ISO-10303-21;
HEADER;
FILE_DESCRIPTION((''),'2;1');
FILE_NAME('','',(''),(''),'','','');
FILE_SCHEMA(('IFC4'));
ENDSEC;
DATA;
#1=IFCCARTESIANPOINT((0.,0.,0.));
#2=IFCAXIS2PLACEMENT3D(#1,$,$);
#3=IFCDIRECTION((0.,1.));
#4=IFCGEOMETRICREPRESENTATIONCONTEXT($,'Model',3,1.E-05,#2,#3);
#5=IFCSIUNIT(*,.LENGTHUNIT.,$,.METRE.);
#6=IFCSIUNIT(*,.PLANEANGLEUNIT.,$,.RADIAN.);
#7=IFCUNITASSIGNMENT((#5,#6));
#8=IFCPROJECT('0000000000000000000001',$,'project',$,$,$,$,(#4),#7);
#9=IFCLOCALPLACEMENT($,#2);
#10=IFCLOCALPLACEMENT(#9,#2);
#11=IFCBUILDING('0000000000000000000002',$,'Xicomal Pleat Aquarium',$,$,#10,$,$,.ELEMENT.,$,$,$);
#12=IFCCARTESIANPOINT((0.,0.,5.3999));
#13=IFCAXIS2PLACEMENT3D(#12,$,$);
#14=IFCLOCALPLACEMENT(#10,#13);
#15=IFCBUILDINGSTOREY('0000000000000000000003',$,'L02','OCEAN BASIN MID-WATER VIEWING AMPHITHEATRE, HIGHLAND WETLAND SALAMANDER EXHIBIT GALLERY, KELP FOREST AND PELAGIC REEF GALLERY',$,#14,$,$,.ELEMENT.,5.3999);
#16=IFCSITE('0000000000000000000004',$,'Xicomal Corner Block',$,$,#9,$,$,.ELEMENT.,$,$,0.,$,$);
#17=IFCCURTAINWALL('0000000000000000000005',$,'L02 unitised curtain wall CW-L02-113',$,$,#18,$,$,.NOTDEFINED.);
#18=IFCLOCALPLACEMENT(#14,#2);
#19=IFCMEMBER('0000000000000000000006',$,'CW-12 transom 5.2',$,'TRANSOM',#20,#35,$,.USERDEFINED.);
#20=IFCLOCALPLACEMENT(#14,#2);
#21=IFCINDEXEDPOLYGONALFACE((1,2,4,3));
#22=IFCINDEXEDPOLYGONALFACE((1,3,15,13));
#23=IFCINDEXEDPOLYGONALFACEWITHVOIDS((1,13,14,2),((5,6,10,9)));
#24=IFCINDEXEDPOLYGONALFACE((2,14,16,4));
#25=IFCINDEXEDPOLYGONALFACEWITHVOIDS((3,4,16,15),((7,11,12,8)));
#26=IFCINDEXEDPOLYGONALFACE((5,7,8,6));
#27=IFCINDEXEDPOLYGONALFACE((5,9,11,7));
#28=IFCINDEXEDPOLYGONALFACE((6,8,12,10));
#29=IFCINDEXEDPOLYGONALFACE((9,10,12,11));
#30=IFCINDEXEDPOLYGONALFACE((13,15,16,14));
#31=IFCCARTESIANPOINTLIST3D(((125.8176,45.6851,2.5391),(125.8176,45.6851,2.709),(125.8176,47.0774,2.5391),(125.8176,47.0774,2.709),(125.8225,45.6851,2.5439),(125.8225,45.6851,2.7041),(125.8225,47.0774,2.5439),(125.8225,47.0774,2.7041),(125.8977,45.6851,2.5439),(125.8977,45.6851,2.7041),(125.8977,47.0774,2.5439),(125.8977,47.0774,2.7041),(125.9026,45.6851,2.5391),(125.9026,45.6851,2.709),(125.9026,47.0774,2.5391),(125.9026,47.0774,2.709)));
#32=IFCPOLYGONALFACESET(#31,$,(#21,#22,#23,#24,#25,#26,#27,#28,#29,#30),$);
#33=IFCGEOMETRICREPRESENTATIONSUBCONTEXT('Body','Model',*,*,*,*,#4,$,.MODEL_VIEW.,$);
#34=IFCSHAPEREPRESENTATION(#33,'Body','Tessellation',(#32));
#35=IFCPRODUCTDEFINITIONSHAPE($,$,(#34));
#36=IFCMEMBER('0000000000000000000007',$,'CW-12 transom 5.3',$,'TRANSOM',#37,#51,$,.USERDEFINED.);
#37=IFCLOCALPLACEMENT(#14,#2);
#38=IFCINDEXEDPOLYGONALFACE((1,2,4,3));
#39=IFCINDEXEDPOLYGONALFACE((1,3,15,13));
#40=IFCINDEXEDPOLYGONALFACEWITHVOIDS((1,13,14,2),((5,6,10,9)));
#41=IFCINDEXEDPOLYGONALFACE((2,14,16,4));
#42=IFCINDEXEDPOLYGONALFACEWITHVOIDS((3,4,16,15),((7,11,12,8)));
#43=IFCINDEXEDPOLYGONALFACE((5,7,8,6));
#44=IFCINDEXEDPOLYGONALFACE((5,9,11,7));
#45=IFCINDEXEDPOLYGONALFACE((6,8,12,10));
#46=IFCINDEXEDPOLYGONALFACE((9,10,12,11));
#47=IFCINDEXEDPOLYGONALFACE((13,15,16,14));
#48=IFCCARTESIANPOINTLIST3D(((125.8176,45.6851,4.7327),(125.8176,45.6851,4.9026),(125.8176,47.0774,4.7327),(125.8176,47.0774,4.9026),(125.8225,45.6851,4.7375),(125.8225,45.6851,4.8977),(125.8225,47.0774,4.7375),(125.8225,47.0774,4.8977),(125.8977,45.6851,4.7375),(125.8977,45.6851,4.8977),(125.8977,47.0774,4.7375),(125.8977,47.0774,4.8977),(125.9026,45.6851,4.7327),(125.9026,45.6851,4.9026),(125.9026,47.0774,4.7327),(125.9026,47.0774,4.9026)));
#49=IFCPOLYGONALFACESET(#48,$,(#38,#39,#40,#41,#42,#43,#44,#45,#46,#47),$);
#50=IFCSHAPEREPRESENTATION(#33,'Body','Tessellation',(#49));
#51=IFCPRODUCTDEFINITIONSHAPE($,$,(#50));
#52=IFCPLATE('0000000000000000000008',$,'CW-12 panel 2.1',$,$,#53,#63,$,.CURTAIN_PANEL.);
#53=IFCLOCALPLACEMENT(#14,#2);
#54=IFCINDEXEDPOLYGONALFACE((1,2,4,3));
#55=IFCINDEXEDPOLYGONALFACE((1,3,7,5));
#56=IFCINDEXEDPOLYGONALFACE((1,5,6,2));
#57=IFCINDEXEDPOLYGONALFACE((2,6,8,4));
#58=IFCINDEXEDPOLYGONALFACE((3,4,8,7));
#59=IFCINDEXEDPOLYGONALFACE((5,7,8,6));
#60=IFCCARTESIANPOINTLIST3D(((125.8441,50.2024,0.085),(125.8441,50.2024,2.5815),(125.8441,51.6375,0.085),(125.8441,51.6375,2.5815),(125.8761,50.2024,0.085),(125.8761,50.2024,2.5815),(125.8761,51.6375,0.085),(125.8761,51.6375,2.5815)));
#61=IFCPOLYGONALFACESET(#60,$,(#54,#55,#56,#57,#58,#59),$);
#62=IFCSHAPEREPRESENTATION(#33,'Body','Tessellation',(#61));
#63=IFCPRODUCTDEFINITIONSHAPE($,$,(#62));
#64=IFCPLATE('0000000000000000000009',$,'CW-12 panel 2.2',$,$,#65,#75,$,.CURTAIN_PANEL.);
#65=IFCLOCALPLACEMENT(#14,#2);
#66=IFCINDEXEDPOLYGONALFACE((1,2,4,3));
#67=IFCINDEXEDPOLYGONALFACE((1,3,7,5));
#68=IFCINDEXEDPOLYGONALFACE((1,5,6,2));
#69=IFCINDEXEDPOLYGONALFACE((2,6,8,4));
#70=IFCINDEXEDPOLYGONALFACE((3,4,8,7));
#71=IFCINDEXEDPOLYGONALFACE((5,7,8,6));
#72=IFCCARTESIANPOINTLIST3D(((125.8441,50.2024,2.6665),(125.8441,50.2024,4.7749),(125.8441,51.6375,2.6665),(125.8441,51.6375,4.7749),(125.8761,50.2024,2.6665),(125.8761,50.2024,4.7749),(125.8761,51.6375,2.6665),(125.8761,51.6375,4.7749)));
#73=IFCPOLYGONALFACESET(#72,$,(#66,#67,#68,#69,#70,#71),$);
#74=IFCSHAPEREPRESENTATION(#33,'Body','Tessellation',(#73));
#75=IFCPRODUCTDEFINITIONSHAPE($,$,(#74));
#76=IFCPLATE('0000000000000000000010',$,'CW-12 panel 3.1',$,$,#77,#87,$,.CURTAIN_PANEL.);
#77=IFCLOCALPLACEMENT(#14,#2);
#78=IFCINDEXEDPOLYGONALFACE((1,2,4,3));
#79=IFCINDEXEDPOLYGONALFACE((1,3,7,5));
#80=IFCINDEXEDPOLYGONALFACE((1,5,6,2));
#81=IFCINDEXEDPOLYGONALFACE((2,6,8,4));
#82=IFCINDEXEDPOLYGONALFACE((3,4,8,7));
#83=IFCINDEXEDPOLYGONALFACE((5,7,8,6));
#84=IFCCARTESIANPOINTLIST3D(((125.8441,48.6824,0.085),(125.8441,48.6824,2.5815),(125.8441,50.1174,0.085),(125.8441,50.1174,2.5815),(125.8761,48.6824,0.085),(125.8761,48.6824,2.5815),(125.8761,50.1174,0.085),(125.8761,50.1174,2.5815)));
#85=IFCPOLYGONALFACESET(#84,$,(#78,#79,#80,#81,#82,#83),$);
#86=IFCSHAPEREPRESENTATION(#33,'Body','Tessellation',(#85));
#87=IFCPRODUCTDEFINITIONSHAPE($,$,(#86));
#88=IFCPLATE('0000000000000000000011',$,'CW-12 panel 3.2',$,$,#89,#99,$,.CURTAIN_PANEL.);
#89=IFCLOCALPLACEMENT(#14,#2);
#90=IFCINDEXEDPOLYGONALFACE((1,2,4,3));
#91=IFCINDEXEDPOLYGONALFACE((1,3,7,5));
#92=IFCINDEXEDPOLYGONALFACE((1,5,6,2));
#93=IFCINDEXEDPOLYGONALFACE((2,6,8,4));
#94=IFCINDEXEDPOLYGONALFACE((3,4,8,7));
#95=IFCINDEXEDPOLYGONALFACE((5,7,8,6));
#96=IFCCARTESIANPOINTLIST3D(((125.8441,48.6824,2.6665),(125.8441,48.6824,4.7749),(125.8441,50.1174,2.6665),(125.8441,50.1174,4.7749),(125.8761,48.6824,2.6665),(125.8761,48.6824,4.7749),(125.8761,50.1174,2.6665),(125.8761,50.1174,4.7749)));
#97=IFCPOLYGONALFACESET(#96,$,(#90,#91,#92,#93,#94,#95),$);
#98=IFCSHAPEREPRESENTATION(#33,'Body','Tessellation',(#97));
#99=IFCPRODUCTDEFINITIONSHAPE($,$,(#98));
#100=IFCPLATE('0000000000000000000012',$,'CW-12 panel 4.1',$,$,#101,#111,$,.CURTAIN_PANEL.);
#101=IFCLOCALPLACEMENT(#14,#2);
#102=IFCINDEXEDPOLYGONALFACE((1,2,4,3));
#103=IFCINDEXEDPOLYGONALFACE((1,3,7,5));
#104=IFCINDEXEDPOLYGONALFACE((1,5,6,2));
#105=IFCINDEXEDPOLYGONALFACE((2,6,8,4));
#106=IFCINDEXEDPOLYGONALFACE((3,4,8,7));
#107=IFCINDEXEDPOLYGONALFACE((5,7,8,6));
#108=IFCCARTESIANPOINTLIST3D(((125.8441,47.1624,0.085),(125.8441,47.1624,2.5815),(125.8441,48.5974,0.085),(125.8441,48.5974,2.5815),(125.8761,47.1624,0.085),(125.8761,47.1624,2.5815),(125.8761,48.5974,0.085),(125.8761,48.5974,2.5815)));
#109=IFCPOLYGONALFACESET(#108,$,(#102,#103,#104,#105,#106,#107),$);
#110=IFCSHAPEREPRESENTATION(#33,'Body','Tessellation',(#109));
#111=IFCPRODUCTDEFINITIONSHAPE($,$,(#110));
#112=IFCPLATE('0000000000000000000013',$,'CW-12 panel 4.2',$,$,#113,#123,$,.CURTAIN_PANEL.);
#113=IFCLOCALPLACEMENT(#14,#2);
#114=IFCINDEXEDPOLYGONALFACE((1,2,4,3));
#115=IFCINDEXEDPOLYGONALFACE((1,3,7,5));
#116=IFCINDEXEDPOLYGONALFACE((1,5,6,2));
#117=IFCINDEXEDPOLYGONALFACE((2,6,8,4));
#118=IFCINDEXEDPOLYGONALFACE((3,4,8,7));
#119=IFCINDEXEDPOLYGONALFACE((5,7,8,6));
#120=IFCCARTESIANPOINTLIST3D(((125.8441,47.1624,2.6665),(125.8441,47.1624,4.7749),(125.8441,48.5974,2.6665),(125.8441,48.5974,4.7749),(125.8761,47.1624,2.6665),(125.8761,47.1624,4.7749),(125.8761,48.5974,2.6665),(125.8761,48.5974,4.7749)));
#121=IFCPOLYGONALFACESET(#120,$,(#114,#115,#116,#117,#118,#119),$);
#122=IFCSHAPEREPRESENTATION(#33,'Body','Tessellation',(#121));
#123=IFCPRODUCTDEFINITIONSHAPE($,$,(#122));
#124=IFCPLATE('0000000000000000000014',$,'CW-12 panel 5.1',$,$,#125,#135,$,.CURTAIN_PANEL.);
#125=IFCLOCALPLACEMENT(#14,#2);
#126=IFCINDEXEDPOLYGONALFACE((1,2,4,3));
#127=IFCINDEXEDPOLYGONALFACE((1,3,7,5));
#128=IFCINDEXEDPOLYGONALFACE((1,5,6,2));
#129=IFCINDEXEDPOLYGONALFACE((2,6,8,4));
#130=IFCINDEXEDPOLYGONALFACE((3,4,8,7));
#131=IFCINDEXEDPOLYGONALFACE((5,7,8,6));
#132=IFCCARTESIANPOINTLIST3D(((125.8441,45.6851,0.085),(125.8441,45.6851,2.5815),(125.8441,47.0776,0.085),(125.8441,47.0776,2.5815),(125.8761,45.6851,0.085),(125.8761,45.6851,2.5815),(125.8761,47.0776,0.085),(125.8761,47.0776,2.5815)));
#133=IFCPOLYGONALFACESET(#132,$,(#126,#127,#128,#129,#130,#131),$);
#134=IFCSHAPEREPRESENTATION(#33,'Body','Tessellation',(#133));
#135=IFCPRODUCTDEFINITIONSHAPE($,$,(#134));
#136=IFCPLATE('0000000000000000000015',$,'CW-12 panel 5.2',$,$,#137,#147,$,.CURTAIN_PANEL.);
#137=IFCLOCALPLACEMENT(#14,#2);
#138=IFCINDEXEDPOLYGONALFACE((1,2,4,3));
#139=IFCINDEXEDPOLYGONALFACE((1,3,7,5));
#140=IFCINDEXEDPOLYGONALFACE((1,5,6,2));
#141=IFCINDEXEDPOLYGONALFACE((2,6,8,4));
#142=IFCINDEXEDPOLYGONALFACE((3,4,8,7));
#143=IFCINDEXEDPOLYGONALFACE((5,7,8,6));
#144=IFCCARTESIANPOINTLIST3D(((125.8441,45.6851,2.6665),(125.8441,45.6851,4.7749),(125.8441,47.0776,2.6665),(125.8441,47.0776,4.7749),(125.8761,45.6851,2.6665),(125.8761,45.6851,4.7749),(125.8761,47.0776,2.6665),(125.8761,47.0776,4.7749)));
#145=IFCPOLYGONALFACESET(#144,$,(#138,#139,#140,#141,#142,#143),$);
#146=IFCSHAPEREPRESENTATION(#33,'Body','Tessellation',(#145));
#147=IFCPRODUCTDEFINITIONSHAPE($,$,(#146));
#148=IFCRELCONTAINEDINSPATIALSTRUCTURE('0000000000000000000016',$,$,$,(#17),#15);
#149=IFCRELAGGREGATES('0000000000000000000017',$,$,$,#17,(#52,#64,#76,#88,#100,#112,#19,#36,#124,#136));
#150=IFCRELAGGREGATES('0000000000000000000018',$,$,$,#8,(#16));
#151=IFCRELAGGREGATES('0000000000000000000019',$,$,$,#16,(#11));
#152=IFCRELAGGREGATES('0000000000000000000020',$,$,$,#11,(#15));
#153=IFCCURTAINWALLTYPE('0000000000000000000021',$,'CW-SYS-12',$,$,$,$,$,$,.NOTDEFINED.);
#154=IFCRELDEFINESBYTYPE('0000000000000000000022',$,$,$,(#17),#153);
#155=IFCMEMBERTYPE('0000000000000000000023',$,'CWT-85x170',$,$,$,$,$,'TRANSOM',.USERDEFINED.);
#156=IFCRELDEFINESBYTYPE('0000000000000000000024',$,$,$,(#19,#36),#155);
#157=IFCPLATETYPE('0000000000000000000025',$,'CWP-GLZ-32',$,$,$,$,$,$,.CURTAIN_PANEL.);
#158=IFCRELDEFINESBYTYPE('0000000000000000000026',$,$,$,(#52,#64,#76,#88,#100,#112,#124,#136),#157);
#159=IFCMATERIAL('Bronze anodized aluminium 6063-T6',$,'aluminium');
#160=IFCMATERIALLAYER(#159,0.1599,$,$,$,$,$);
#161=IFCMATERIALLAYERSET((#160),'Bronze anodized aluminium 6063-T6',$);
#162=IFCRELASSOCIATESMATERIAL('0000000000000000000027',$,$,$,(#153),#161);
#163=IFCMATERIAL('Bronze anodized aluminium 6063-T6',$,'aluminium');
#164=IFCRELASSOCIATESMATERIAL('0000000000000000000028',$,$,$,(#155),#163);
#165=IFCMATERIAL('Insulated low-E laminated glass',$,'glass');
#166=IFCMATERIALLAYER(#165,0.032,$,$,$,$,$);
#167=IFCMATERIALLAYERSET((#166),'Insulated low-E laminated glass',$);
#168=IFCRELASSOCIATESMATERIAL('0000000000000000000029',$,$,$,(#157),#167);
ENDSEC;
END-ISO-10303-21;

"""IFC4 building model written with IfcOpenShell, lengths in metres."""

from ifc_helpers import new_model, si_unit, direction, frame, origin, origin_2d, place, context, subcontext, project, spatial, rectangle, hollow_rectangle, extrude, material, layer, layer_set, material_profile, profile_set, type_object, element, aggregate, save


model = new_model("IFC4")

# Units and contexts
model_context = context("Model", 3, precision=1e-05, world=origin(), true_north=direction((0.0, 1.0)))
body_context = subcontext(model_context, "Body", "Model", "MODEL_VIEW")
ifc_project = project(units=[si_unit("LENGTHUNIT", "METRE"), si_unit("PLANEANGLEUNIT", "RADIAN")], contexts=[model_context])

# Site, building, storey
site_placement = place(None, origin())
site = spatial("IfcSite", under=ifc_project, at=site_placement, Name="Xicomal Corner Block", CompositionType="ELEMENT", RefElevation=0.0)
building_placement = place(site_placement, origin())
building = spatial("IfcBuilding", under=site, at=building_placement, Name="Xicomal Pleat Aquarium", CompositionType="ELEMENT")
storey_placement = place(building_placement, frame((0.0, 0.0, 5.3999)))
storey = spatial("IfcBuildingStorey", under=building, at=storey_placement, Name="L02", Description="OCEAN BASIN MID-WATER VIEWING AMPHITHEATRE, HIGHLAND WETLAND SALAMANDER EXHIBIT GALLERY, KELP FOREST AND PELAGIC REEF GALLERY", CompositionType="ELEMENT", Elevation=5.3999)

# Curtain wall, members, plates
ifc_material_1 = material(Name="Bronze anodized aluminium 6063-T6", Category="aluminium")
ifc_layer_1 = layer(ifc_material_1, 0.1599)
ifc_layer_set_1 = layer_set([ifc_layer_1], Name="Bronze anodized aluminium 6063-T6")
curtain_wall_type = type_object("IfcCurtainWallType", Name="CW-SYS-12", PredefinedType="NOTDEFINED", material=ifc_layer_set_1)
curtain_wall_placement = place(storey_placement, origin())
curtain_wall = element("IfcCurtainWall", 1, at=curtain_wall_placement, inside=storey, type_object=curtain_wall_type, Name="L02 unitised curtain wall CW-L02-113", PredefinedType="NOTDEFINED")
ifc_material_2 = material(Name="Bronze anodized aluminium 6063-T6", Category="aluminium")
ifc_material_profile_1 = material_profile(ifc_material_2, hollow_rectangle(XDim=0.085, YDim=0.1699, WallThickness=0.0049, at=origin_2d()), Name="ALU TRAN 85x170")
ifc_profile_set_1 = profile_set([ifc_material_profile_1], Name="Bronze anodized aluminium 6063-T6")
member_type_1 = type_object("IfcMemberType", Name="CWT-85x170", ElementType="TRANSOM", PredefinedType="USERDEFINED", material=ifc_profile_set_1)
member_1_placement = place(storey_placement, frame((125.8601, 47.0774, 2.624), z_axis=(0.0, -1.0, 0.0), x_axis=(1.0, 0.0, 0.0)))
member_1 = element("IfcMember", 2, at=member_1_placement, type_object=member_type_1, Name="CW-12 transom 5.2", ObjectType="TRANSOM", PredefinedType="USERDEFINED", context=body_context, shape_type="SweptSolid", body=[
    extrude(hollow_rectangle(XDim=0.085, YDim=0.1699, WallThickness=0.0049, at=origin_2d()), origin(), (0.0, 0.0, 1.0), 1.3923),
])
member_2_placement = place(storey_placement, frame((125.8601, 47.0774, 4.8176), z_axis=(0.0, -1.0, 0.0), x_axis=(1.0, 0.0, 0.0)))
member_2 = element("IfcMember", 3, at=member_2_placement, type_object=member_type_1, Name="CW-12 transom 5.3", ObjectType="TRANSOM", PredefinedType="USERDEFINED", context=body_context, shape_type="SweptSolid", body=[
    extrude(hollow_rectangle(XDim=0.085, YDim=0.1699, WallThickness=0.0049, at=origin_2d()), origin(), (0.0, 0.0, 1.0), 1.3923),
])
ifc_material_3 = material(Name="Insulated low-E laminated glass", Category="glass")
ifc_layer_2 = layer(ifc_material_3, 0.032)
ifc_layer_set_2 = layer_set([ifc_layer_2], Name="Insulated low-E laminated glass")
plate_type = type_object("IfcPlateType", Name="CWP-GLZ-32", PredefinedType="CURTAIN_PANEL", material=ifc_layer_set_2)
plate_1_placement = place(storey_placement, frame((125.8601, 50.9199, 0.085), z_axis=(0.0, 0.0, 1.0), x_axis=(0.0, -1.0, 0.0)))
plate_1 = element("IfcPlate", 4, at=plate_1_placement, type_object=plate_type, Name="CW-12 panel 2.1", PredefinedType="CURTAIN_PANEL", context=body_context, shape_type="SweptSolid", body=[
    extrude(rectangle(XDim=1.4351, YDim=0.032, at=origin_2d()), origin(), (0.0, 0.0, 1.0), 2.4966),
])
plate_2_placement = place(storey_placement, frame((125.8601, 50.9199, 2.6665), z_axis=(0.0, 0.0, 1.0), x_axis=(0.0, -1.0, 0.0)))
plate_2 = element("IfcPlate", 5, at=plate_2_placement, type_object=plate_type, Name="CW-12 panel 2.2", PredefinedType="CURTAIN_PANEL", context=body_context, shape_type="SweptSolid", body=[
    extrude(rectangle(XDim=1.4351, YDim=0.032, at=origin_2d()), origin(), (0.0, 0.0, 1.0), 2.1084),
])
plate_3_placement = place(storey_placement, frame((125.8601, 49.3999, 0.085), z_axis=(0.0, 0.0, 1.0), x_axis=(0.0, -1.0, 0.0)))
plate_3 = element("IfcPlate", 6, at=plate_3_placement, type_object=plate_type, Name="CW-12 panel 3.1", PredefinedType="CURTAIN_PANEL", context=body_context, shape_type="SweptSolid", body=[
    extrude(rectangle(XDim=1.4351, YDim=0.032, at=origin_2d()), origin(), (0.0, 0.0, 1.0), 2.4966),
])
plate_4_placement = place(storey_placement, frame((125.8601, 49.3999, 2.6665), z_axis=(0.0, 0.0, 1.0), x_axis=(0.0, -1.0, 0.0)))
plate_4 = element("IfcPlate", 7, at=plate_4_placement, type_object=plate_type, Name="CW-12 panel 3.2", PredefinedType="CURTAIN_PANEL", context=body_context, shape_type="SweptSolid", body=[
    extrude(rectangle(XDim=1.4351, YDim=0.032, at=origin_2d()), origin(), (0.0, 0.0, 1.0), 2.1084),
])
plate_5_placement = place(storey_placement, frame((125.8601, 47.8799, 0.085), z_axis=(0.0, 0.0, 1.0), x_axis=(0.0, -1.0, 0.0)))
plate_5 = element("IfcPlate", 8, at=plate_5_placement, type_object=plate_type, Name="CW-12 panel 4.1", PredefinedType="CURTAIN_PANEL", context=body_context, shape_type="SweptSolid", body=[
    extrude(rectangle(XDim=1.4351, YDim=0.032, at=origin_2d()), origin(), (0.0, 0.0, 1.0), 2.4966),
])
plate_6_placement = place(storey_placement, frame((125.8601, 47.8799, 2.6665), z_axis=(0.0, 0.0, 1.0), x_axis=(0.0, -1.0, 0.0)))
plate_6 = element("IfcPlate", 9, at=plate_6_placement, type_object=plate_type, Name="CW-12 panel 4.2", PredefinedType="CURTAIN_PANEL", context=body_context, shape_type="SweptSolid", body=[
    extrude(rectangle(XDim=1.4351, YDim=0.032, at=origin_2d()), origin(), (0.0, 0.0, 1.0), 2.1084),
])
plate_7_placement = place(storey_placement, frame((125.8601, 46.3813, 0.085), z_axis=(0.0, 0.0, 1.0), x_axis=(0.0, -1.0, 0.0)))
plate_7 = element("IfcPlate", 10, at=plate_7_placement, type_object=plate_type, Name="CW-12 panel 5.1", PredefinedType="CURTAIN_PANEL", context=body_context, shape_type="SweptSolid", body=[
    extrude(rectangle(XDim=1.3926, YDim=0.032, at=origin_2d()), origin(), (0.0, 0.0, 1.0), 2.4966),
])
plate_8_placement = place(storey_placement, frame((125.8601, 46.3813, 2.6665), z_axis=(0.0, 0.0, 1.0), x_axis=(0.0, -1.0, 0.0)))
plate_8 = element("IfcPlate", 11, at=plate_8_placement, type_object=plate_type, Name="CW-12 panel 5.2", PredefinedType="CURTAIN_PANEL", context=body_context, shape_type="SweptSolid", body=[
    extrude(rectangle(XDim=1.3926, YDim=0.032, at=origin_2d()), origin(), (0.0, 0.0, 1.0), 2.1084),
])
aggregate(curtain_wall, [plate_1, plate_2, plate_3, plate_4, plate_5, plate_6, member_1, member_2, plate_7, plate_8])

save(model, "model.ifc")
